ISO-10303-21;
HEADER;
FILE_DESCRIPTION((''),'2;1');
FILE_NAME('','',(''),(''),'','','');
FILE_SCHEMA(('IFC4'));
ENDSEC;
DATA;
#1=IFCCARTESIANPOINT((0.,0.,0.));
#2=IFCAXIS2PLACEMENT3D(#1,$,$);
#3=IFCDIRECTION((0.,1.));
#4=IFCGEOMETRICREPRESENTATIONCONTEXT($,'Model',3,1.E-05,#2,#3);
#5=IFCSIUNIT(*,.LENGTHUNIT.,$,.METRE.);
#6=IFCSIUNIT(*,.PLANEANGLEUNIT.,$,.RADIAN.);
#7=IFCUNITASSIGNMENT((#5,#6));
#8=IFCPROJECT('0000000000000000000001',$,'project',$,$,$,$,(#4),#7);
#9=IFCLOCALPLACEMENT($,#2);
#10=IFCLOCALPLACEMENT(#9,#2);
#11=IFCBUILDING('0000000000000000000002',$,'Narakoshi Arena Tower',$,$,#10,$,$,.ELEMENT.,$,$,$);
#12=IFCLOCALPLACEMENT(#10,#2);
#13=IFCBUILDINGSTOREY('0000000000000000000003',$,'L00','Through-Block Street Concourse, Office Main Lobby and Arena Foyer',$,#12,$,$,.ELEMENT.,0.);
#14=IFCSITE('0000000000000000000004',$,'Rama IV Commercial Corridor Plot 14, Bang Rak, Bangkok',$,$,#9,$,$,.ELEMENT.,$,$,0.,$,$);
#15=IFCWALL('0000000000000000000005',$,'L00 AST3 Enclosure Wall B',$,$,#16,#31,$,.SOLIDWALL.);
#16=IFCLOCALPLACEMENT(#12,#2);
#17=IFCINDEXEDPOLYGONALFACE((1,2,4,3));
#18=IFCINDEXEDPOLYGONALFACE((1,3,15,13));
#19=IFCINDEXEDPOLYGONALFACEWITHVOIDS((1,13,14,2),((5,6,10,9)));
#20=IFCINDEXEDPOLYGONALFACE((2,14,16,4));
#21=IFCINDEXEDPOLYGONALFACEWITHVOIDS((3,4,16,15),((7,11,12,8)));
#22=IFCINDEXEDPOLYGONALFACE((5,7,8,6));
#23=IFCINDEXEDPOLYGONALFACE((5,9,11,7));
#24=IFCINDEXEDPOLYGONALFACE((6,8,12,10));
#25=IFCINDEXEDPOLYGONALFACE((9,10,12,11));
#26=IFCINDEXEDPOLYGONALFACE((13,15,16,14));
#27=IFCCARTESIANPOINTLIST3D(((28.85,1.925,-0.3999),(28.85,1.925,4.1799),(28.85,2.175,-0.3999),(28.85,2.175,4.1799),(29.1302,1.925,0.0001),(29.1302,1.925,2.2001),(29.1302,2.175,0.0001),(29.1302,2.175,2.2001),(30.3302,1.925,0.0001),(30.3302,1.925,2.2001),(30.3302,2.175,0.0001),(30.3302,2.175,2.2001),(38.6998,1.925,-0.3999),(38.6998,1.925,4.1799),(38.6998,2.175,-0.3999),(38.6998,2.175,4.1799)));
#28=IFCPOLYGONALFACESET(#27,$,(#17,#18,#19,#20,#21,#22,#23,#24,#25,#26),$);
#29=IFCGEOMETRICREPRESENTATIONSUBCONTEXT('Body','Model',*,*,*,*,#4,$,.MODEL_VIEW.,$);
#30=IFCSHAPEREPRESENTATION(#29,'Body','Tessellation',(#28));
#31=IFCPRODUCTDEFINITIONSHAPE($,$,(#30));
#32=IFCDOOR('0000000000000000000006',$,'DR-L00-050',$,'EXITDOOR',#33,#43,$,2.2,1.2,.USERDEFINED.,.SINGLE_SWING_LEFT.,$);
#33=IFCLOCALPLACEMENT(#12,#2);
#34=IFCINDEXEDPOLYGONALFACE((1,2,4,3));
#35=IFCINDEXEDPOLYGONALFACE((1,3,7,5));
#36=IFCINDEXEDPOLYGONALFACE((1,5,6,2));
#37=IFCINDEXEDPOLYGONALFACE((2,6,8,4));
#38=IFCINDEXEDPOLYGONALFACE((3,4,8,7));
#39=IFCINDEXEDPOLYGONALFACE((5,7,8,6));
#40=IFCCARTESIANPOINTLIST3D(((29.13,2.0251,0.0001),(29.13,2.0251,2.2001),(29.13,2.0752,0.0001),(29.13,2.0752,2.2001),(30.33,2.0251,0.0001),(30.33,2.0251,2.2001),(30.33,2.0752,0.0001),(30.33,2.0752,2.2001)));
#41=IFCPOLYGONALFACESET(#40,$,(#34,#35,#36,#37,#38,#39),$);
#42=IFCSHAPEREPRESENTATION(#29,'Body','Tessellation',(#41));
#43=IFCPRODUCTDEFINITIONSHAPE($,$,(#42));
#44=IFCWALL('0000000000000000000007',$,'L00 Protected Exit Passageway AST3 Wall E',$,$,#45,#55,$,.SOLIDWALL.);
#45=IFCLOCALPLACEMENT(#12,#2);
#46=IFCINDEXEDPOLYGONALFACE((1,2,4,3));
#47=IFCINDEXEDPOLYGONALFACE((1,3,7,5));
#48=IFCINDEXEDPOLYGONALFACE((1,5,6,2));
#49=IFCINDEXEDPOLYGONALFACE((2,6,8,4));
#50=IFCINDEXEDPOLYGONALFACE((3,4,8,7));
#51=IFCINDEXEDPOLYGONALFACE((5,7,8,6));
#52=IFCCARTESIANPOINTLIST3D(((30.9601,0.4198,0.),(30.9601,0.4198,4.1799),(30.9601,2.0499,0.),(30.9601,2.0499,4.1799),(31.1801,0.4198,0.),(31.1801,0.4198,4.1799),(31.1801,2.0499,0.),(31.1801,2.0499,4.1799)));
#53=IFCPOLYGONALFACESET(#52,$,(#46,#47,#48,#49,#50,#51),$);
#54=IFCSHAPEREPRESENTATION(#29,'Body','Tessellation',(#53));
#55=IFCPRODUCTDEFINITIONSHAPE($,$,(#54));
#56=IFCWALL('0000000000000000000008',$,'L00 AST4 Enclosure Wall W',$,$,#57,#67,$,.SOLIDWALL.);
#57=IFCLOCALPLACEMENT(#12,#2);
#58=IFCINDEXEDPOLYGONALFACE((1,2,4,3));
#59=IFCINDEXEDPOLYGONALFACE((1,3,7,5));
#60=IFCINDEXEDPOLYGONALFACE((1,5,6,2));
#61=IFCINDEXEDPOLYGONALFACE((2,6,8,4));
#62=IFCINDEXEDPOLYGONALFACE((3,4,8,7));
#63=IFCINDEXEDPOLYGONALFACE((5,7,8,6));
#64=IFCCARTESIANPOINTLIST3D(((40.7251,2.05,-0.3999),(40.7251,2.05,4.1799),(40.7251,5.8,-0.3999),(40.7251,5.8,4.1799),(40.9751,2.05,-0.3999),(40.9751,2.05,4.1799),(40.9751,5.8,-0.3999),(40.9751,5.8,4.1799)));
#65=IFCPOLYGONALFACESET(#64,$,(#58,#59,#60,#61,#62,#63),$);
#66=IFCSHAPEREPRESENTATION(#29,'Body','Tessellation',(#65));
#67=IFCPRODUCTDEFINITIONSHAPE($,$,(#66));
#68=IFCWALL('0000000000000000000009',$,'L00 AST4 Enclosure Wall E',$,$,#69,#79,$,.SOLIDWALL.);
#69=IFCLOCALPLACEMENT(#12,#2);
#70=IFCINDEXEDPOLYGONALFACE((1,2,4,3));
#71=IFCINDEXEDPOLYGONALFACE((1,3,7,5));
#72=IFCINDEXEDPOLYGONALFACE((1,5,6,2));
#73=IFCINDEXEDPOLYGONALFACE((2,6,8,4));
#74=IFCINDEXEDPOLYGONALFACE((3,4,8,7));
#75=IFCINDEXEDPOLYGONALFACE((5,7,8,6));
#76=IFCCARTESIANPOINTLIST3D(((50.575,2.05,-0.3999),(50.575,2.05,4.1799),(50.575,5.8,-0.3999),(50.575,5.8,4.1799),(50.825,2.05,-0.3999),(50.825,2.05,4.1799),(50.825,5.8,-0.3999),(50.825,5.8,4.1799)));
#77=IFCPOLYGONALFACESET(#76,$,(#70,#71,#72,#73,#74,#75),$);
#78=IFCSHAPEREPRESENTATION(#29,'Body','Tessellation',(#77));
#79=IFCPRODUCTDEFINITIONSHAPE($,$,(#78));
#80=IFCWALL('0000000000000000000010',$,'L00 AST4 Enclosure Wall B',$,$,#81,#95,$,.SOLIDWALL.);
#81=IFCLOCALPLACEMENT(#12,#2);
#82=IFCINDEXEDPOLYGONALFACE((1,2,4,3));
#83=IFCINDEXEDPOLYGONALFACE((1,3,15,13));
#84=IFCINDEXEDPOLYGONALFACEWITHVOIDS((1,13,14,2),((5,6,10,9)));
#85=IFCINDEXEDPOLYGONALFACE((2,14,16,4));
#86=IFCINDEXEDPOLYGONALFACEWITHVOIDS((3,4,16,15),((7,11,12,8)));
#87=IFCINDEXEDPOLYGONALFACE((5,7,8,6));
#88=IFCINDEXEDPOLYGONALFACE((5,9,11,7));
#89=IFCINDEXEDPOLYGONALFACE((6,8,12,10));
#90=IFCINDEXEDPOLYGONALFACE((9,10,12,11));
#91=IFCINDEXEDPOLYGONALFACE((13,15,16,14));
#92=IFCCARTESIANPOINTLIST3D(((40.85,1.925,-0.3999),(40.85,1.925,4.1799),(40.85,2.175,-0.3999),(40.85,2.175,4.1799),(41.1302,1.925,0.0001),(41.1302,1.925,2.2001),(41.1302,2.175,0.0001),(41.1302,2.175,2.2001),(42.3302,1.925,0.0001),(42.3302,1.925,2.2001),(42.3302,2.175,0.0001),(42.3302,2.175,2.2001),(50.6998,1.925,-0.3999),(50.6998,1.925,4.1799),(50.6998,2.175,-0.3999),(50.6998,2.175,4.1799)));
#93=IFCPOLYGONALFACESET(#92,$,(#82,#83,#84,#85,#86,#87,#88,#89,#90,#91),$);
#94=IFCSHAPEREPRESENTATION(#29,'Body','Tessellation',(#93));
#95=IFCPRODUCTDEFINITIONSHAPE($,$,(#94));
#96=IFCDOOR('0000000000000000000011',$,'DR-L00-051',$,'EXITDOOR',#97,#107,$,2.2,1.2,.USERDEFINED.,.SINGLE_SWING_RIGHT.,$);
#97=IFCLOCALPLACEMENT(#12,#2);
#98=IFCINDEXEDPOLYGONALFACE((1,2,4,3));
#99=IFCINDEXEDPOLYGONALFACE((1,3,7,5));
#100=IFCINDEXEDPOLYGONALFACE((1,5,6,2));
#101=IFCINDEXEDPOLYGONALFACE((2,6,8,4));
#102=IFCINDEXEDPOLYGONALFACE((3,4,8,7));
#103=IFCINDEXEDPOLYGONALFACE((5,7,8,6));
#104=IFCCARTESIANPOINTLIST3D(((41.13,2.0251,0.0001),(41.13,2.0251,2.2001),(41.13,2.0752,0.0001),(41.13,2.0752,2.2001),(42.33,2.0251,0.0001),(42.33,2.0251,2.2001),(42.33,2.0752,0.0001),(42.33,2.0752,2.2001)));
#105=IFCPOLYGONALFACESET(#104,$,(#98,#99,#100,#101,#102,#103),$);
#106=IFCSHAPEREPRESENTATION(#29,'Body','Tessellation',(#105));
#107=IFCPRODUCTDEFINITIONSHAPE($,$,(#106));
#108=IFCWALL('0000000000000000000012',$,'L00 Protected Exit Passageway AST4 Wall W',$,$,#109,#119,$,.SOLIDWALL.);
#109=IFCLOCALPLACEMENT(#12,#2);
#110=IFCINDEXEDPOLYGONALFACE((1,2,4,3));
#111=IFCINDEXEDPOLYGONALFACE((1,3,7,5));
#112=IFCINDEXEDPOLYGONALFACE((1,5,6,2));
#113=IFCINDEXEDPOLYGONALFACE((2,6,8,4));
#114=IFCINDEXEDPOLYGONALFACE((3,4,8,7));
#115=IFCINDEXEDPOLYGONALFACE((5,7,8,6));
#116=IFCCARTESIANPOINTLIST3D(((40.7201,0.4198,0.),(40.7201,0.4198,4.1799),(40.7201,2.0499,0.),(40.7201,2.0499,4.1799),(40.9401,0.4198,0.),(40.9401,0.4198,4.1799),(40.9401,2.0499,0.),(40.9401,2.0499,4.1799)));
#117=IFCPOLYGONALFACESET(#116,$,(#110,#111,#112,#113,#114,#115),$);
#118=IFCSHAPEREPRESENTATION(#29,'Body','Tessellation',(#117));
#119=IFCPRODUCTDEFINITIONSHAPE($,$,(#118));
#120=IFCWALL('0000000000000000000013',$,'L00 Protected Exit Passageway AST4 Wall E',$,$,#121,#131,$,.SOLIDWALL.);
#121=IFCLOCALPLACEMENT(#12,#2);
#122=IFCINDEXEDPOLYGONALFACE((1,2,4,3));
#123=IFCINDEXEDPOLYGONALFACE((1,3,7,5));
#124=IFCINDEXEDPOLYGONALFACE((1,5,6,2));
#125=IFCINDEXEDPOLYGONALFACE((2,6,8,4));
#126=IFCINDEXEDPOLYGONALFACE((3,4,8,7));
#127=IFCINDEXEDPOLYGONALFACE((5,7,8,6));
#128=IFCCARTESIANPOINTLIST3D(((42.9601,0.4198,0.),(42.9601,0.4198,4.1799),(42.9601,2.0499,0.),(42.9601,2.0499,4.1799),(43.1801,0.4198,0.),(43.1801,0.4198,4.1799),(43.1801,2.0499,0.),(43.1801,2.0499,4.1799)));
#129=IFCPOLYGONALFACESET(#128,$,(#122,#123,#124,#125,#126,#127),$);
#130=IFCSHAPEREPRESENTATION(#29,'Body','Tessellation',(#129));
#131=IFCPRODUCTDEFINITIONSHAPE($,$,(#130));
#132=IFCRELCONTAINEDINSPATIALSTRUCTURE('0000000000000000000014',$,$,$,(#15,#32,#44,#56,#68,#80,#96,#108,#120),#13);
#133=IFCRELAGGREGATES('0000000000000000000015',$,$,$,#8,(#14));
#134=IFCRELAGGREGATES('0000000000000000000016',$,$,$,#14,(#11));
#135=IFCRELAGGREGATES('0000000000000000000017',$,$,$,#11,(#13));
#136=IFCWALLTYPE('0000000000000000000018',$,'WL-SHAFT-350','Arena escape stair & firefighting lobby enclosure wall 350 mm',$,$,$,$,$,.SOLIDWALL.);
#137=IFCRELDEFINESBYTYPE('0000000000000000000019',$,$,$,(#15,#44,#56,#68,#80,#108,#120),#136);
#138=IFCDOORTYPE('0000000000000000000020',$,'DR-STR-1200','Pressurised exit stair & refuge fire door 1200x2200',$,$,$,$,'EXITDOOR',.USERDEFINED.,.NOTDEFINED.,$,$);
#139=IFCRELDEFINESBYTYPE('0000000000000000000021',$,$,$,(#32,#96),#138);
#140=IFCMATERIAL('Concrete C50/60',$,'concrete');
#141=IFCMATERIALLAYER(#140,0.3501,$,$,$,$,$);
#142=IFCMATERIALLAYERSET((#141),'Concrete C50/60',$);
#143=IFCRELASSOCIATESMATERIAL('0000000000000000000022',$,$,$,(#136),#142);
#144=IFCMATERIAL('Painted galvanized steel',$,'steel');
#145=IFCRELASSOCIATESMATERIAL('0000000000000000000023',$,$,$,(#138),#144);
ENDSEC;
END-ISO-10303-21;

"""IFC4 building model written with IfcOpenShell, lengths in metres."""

from ifc_helpers import new_model, si_unit, direction, frame, frame_2d, origin, place, context, subcontext, project, spatial, rectangle, extrude, material, layer, layer_set, type_object, element, fill, save


model = new_model("IFC4")

# Units and contexts
model_context = context("Model", 3, precision=1e-05, world=origin(), true_north=direction((0.0, 1.0)))
body_context = subcontext(model_context, "Body", "Model", "MODEL_VIEW")
ifc_project = project(units=[si_unit("LENGTHUNIT", "METRE"), si_unit("PLANEANGLEUNIT", "RADIAN")], contexts=[model_context])

# Site, building, storey
site_placement = place(None, origin())
site = spatial("IfcSite", under=ifc_project, at=site_placement, Name="Rama IV Commercial Corridor Plot 14, Bang Rak, Bangkok", CompositionType="ELEMENT", RefElevation=0.0)
building_placement = place(site_placement, origin())
building = spatial("IfcBuilding", under=site, at=building_placement, Name="Narakoshi Arena Tower", CompositionType="ELEMENT")
storey_placement = place(building_placement, origin())
storey = spatial("IfcBuildingStorey", under=building, at=storey_placement, Name="L00", Description="Through-Block Street Concourse, Office Main Lobby and Arena Foyer", CompositionType="ELEMENT", Elevation=0.0)

# Shared definitions
ifc_material_1 = material(Name="Concrete C50/60", Category="concrete")
ifc_layer_1 = layer(ifc_material_1, 0.3501)
ifc_layer_set_1 = layer_set([ifc_layer_1], Name="Concrete C50/60")
wall_type = type_object("IfcWallType", Name="WL-SHAFT-350", Description="Arena escape stair & firefighting lobby enclosure wall 350 mm", PredefinedType="SOLIDWALL", material=ifc_layer_set_1)

# Wall, opening, door
wall_1_placement = place(storey_placement, frame((28.8501, 2.05, -0.3999), z_axis=(0.0, 0.0, 1.0), x_axis=(1.0, 0.0, 0.0)))
wall_1 = element("IfcWall", 1, at=wall_1_placement, inside=storey, type_object=wall_type, Name="L00 AST3 Enclosure Wall B", PredefinedType="SOLIDWALL", context=body_context, shape_type="SweptSolid", body=[
    extrude(rectangle(XDim=9.8499, YDim=0.25, at=frame_2d((4.9248, 0.0))), origin(), (0.0, 0.0, 1.0), 4.5798),
])
opening_1_placement = place(wall_1_placement, frame((0.28, 0.0, 0.3999)))
opening_1 = element("IfcOpeningElement", 2, at=opening_1_placement, cuts=wall_1, PredefinedType="OPENING", context=body_context, shape_type="SweptSolid", body=[
    extrude(rectangle(XDim=1.2, YDim=2.2, at=frame_2d((0.6001, 1.1001))), frame((0.0, 0.135, 0.0), z_axis=(0.0, -1.0, 0.0), x_axis=(1.0, 0.0, 0.0)), (0.0, 0.0, 1.0), 0.27),
])
ifc_material_2 = material(Name="Painted galvanized steel", Category="steel")
door_type = type_object("IfcDoorType", Name="DR-STR-1200", Description="Pressurised exit stair & refuge fire door 1200x2200", ElementType="EXITDOOR", OperationType="NOTDEFINED", PredefinedType="USERDEFINED", material=ifc_material_2)
door_1_placement = place(opening_1_placement, frame((1.2, 0.0, 0.0), z_axis=(0.0, 0.0, 1.0), x_axis=(-1.0, 0.0, 0.0)))
door_1 = element("IfcDoor", 3, at=door_1_placement, inside=storey, type_object=door_type, Name="DR-L00-050", ObjectType="EXITDOOR", OperationType="SINGLE_SWING_LEFT", OverallHeight=2.2, OverallWidth=1.2, PredefinedType="USERDEFINED", context=body_context, shape_type="SweptSolid", body=[
    extrude(rectangle(XDim=1.2, YDim=2.2, at=frame_2d((0.6001, 1.1001))), frame((0.0, 0.0249, 0.0), z_axis=(0.0, -1.0, 0.0), x_axis=(1.0, 0.0, 0.0)), (0.0, 0.0, 1.0), 0.05),
])
fill(opening_1, door_1)

# Walls
wall_2_placement = place(storey_placement, frame((31.0701, 0.4199, 0.0), z_axis=(0.0, 0.0, 1.0), x_axis=(0.0, 1.0, 0.0)))
element("IfcWall", 4, at=wall_2_placement, inside=storey, type_object=wall_type, Name="L00 Protected Exit Passageway AST3 Wall E", PredefinedType="SOLIDWALL", context=body_context, shape_type="SweptSolid", body=[
    extrude(rectangle(XDim=1.6301, YDim=0.22, at=frame_2d((0.8149, 0.0))), origin(), (0.0, 0.0, 1.0), 4.1799),
])
for number, where, z_axis, x_axis, name in (
    (5, (40.8501, 2.05, -0.3999), (0.0, 0.0, 1.0), (0.0, 1.0, 0.0), "L00 AST4 Enclosure Wall W"),
    (6, (50.7, 2.05, -0.3999), (0.0, 0.0, 1.0), (0.0, 1.0, 0.0), "L00 AST4 Enclosure Wall E"),
):
    element("IfcWall", number, at=place(storey_placement, frame(where, z_axis=z_axis, x_axis=x_axis)), inside=storey, type_object=wall_type, Name=name, PredefinedType="SOLIDWALL", context=body_context, shape_type="SweptSolid", body=[
        extrude(rectangle(XDim=3.75, YDim=0.25, at=frame_2d((1.875, 0.0))), origin(), (0.0, 0.0, 1.0), 4.5798),
    ])

# Wall, opening, door
wall_3_placement = place(storey_placement, frame((40.8501, 2.05, -0.3999), z_axis=(0.0, 0.0, 1.0), x_axis=(1.0, 0.0, 0.0)))
wall_3 = element("IfcWall", 7, at=wall_3_placement, inside=storey, type_object=wall_type, Name="L00 AST4 Enclosure Wall B", PredefinedType="SOLIDWALL", context=body_context, shape_type="SweptSolid", body=[
    extrude(rectangle(XDim=9.8499, YDim=0.25, at=frame_2d((4.9248, 0.0))), origin(), (0.0, 0.0, 1.0), 4.5798),
])
opening_2_placement = place(wall_3_placement, frame((0.28, 0.0, 0.3999)))
opening_2 = element("IfcOpeningElement", 8, at=opening_2_placement, cuts=wall_3, PredefinedType="OPENING", context=body_context, shape_type="SweptSolid", body=[
    extrude(rectangle(XDim=1.2, YDim=2.2, at=frame_2d((0.6001, 1.1001))), frame((0.0, 0.135, 0.0), z_axis=(0.0, -1.0, 0.0), x_axis=(1.0, 0.0, 0.0)), (0.0, 0.0, 1.0), 0.27),
])
door_2_placement = place(opening_2_placement, frame((1.2, 0.0, 0.0), z_axis=(0.0, 0.0, 1.0), x_axis=(-1.0, 0.0, 0.0)))
door_2 = element("IfcDoor", 9, at=door_2_placement, inside=storey, type_object=door_type, Name="DR-L00-051", ObjectType="EXITDOOR", OperationType="SINGLE_SWING_RIGHT", OverallHeight=2.2, OverallWidth=1.2, PredefinedType="USERDEFINED", context=body_context, shape_type="SweptSolid", body=[
    extrude(rectangle(XDim=1.2, YDim=2.2, at=frame_2d((0.6001, 1.1001))), frame((0.0, 0.0249, 0.0), z_axis=(0.0, -1.0, 0.0), x_axis=(1.0, 0.0, 0.0)), (0.0, 0.0, 1.0), 0.05),
])
fill(opening_2, door_2)

# Walls
for number, where, z_axis, x_axis, name in (
    (10, (40.8301, 0.4199, 0.0), (0.0, 0.0, 1.0), (0.0, 1.0, 0.0), "L00 Protected Exit Passageway AST4 Wall W"),
    (11, (43.0701, 0.4199, 0.0), (0.0, 0.0, 1.0), (0.0, 1.0, 0.0), "L00 Protected Exit Passageway AST4 Wall E"),
):
    element("IfcWall", number, at=place(storey_placement, frame(where, z_axis=z_axis, x_axis=x_axis)), inside=storey, type_object=wall_type, Name=name, PredefinedType="SOLIDWALL", context=body_context, shape_type="SweptSolid", body=[
        extrude(rectangle(XDim=1.6301, YDim=0.22, at=frame_2d((0.8149, 0.0))), origin(), (0.0, 0.0, 1.0), 4.1799),
    ])

save(model, "model.ifc")
